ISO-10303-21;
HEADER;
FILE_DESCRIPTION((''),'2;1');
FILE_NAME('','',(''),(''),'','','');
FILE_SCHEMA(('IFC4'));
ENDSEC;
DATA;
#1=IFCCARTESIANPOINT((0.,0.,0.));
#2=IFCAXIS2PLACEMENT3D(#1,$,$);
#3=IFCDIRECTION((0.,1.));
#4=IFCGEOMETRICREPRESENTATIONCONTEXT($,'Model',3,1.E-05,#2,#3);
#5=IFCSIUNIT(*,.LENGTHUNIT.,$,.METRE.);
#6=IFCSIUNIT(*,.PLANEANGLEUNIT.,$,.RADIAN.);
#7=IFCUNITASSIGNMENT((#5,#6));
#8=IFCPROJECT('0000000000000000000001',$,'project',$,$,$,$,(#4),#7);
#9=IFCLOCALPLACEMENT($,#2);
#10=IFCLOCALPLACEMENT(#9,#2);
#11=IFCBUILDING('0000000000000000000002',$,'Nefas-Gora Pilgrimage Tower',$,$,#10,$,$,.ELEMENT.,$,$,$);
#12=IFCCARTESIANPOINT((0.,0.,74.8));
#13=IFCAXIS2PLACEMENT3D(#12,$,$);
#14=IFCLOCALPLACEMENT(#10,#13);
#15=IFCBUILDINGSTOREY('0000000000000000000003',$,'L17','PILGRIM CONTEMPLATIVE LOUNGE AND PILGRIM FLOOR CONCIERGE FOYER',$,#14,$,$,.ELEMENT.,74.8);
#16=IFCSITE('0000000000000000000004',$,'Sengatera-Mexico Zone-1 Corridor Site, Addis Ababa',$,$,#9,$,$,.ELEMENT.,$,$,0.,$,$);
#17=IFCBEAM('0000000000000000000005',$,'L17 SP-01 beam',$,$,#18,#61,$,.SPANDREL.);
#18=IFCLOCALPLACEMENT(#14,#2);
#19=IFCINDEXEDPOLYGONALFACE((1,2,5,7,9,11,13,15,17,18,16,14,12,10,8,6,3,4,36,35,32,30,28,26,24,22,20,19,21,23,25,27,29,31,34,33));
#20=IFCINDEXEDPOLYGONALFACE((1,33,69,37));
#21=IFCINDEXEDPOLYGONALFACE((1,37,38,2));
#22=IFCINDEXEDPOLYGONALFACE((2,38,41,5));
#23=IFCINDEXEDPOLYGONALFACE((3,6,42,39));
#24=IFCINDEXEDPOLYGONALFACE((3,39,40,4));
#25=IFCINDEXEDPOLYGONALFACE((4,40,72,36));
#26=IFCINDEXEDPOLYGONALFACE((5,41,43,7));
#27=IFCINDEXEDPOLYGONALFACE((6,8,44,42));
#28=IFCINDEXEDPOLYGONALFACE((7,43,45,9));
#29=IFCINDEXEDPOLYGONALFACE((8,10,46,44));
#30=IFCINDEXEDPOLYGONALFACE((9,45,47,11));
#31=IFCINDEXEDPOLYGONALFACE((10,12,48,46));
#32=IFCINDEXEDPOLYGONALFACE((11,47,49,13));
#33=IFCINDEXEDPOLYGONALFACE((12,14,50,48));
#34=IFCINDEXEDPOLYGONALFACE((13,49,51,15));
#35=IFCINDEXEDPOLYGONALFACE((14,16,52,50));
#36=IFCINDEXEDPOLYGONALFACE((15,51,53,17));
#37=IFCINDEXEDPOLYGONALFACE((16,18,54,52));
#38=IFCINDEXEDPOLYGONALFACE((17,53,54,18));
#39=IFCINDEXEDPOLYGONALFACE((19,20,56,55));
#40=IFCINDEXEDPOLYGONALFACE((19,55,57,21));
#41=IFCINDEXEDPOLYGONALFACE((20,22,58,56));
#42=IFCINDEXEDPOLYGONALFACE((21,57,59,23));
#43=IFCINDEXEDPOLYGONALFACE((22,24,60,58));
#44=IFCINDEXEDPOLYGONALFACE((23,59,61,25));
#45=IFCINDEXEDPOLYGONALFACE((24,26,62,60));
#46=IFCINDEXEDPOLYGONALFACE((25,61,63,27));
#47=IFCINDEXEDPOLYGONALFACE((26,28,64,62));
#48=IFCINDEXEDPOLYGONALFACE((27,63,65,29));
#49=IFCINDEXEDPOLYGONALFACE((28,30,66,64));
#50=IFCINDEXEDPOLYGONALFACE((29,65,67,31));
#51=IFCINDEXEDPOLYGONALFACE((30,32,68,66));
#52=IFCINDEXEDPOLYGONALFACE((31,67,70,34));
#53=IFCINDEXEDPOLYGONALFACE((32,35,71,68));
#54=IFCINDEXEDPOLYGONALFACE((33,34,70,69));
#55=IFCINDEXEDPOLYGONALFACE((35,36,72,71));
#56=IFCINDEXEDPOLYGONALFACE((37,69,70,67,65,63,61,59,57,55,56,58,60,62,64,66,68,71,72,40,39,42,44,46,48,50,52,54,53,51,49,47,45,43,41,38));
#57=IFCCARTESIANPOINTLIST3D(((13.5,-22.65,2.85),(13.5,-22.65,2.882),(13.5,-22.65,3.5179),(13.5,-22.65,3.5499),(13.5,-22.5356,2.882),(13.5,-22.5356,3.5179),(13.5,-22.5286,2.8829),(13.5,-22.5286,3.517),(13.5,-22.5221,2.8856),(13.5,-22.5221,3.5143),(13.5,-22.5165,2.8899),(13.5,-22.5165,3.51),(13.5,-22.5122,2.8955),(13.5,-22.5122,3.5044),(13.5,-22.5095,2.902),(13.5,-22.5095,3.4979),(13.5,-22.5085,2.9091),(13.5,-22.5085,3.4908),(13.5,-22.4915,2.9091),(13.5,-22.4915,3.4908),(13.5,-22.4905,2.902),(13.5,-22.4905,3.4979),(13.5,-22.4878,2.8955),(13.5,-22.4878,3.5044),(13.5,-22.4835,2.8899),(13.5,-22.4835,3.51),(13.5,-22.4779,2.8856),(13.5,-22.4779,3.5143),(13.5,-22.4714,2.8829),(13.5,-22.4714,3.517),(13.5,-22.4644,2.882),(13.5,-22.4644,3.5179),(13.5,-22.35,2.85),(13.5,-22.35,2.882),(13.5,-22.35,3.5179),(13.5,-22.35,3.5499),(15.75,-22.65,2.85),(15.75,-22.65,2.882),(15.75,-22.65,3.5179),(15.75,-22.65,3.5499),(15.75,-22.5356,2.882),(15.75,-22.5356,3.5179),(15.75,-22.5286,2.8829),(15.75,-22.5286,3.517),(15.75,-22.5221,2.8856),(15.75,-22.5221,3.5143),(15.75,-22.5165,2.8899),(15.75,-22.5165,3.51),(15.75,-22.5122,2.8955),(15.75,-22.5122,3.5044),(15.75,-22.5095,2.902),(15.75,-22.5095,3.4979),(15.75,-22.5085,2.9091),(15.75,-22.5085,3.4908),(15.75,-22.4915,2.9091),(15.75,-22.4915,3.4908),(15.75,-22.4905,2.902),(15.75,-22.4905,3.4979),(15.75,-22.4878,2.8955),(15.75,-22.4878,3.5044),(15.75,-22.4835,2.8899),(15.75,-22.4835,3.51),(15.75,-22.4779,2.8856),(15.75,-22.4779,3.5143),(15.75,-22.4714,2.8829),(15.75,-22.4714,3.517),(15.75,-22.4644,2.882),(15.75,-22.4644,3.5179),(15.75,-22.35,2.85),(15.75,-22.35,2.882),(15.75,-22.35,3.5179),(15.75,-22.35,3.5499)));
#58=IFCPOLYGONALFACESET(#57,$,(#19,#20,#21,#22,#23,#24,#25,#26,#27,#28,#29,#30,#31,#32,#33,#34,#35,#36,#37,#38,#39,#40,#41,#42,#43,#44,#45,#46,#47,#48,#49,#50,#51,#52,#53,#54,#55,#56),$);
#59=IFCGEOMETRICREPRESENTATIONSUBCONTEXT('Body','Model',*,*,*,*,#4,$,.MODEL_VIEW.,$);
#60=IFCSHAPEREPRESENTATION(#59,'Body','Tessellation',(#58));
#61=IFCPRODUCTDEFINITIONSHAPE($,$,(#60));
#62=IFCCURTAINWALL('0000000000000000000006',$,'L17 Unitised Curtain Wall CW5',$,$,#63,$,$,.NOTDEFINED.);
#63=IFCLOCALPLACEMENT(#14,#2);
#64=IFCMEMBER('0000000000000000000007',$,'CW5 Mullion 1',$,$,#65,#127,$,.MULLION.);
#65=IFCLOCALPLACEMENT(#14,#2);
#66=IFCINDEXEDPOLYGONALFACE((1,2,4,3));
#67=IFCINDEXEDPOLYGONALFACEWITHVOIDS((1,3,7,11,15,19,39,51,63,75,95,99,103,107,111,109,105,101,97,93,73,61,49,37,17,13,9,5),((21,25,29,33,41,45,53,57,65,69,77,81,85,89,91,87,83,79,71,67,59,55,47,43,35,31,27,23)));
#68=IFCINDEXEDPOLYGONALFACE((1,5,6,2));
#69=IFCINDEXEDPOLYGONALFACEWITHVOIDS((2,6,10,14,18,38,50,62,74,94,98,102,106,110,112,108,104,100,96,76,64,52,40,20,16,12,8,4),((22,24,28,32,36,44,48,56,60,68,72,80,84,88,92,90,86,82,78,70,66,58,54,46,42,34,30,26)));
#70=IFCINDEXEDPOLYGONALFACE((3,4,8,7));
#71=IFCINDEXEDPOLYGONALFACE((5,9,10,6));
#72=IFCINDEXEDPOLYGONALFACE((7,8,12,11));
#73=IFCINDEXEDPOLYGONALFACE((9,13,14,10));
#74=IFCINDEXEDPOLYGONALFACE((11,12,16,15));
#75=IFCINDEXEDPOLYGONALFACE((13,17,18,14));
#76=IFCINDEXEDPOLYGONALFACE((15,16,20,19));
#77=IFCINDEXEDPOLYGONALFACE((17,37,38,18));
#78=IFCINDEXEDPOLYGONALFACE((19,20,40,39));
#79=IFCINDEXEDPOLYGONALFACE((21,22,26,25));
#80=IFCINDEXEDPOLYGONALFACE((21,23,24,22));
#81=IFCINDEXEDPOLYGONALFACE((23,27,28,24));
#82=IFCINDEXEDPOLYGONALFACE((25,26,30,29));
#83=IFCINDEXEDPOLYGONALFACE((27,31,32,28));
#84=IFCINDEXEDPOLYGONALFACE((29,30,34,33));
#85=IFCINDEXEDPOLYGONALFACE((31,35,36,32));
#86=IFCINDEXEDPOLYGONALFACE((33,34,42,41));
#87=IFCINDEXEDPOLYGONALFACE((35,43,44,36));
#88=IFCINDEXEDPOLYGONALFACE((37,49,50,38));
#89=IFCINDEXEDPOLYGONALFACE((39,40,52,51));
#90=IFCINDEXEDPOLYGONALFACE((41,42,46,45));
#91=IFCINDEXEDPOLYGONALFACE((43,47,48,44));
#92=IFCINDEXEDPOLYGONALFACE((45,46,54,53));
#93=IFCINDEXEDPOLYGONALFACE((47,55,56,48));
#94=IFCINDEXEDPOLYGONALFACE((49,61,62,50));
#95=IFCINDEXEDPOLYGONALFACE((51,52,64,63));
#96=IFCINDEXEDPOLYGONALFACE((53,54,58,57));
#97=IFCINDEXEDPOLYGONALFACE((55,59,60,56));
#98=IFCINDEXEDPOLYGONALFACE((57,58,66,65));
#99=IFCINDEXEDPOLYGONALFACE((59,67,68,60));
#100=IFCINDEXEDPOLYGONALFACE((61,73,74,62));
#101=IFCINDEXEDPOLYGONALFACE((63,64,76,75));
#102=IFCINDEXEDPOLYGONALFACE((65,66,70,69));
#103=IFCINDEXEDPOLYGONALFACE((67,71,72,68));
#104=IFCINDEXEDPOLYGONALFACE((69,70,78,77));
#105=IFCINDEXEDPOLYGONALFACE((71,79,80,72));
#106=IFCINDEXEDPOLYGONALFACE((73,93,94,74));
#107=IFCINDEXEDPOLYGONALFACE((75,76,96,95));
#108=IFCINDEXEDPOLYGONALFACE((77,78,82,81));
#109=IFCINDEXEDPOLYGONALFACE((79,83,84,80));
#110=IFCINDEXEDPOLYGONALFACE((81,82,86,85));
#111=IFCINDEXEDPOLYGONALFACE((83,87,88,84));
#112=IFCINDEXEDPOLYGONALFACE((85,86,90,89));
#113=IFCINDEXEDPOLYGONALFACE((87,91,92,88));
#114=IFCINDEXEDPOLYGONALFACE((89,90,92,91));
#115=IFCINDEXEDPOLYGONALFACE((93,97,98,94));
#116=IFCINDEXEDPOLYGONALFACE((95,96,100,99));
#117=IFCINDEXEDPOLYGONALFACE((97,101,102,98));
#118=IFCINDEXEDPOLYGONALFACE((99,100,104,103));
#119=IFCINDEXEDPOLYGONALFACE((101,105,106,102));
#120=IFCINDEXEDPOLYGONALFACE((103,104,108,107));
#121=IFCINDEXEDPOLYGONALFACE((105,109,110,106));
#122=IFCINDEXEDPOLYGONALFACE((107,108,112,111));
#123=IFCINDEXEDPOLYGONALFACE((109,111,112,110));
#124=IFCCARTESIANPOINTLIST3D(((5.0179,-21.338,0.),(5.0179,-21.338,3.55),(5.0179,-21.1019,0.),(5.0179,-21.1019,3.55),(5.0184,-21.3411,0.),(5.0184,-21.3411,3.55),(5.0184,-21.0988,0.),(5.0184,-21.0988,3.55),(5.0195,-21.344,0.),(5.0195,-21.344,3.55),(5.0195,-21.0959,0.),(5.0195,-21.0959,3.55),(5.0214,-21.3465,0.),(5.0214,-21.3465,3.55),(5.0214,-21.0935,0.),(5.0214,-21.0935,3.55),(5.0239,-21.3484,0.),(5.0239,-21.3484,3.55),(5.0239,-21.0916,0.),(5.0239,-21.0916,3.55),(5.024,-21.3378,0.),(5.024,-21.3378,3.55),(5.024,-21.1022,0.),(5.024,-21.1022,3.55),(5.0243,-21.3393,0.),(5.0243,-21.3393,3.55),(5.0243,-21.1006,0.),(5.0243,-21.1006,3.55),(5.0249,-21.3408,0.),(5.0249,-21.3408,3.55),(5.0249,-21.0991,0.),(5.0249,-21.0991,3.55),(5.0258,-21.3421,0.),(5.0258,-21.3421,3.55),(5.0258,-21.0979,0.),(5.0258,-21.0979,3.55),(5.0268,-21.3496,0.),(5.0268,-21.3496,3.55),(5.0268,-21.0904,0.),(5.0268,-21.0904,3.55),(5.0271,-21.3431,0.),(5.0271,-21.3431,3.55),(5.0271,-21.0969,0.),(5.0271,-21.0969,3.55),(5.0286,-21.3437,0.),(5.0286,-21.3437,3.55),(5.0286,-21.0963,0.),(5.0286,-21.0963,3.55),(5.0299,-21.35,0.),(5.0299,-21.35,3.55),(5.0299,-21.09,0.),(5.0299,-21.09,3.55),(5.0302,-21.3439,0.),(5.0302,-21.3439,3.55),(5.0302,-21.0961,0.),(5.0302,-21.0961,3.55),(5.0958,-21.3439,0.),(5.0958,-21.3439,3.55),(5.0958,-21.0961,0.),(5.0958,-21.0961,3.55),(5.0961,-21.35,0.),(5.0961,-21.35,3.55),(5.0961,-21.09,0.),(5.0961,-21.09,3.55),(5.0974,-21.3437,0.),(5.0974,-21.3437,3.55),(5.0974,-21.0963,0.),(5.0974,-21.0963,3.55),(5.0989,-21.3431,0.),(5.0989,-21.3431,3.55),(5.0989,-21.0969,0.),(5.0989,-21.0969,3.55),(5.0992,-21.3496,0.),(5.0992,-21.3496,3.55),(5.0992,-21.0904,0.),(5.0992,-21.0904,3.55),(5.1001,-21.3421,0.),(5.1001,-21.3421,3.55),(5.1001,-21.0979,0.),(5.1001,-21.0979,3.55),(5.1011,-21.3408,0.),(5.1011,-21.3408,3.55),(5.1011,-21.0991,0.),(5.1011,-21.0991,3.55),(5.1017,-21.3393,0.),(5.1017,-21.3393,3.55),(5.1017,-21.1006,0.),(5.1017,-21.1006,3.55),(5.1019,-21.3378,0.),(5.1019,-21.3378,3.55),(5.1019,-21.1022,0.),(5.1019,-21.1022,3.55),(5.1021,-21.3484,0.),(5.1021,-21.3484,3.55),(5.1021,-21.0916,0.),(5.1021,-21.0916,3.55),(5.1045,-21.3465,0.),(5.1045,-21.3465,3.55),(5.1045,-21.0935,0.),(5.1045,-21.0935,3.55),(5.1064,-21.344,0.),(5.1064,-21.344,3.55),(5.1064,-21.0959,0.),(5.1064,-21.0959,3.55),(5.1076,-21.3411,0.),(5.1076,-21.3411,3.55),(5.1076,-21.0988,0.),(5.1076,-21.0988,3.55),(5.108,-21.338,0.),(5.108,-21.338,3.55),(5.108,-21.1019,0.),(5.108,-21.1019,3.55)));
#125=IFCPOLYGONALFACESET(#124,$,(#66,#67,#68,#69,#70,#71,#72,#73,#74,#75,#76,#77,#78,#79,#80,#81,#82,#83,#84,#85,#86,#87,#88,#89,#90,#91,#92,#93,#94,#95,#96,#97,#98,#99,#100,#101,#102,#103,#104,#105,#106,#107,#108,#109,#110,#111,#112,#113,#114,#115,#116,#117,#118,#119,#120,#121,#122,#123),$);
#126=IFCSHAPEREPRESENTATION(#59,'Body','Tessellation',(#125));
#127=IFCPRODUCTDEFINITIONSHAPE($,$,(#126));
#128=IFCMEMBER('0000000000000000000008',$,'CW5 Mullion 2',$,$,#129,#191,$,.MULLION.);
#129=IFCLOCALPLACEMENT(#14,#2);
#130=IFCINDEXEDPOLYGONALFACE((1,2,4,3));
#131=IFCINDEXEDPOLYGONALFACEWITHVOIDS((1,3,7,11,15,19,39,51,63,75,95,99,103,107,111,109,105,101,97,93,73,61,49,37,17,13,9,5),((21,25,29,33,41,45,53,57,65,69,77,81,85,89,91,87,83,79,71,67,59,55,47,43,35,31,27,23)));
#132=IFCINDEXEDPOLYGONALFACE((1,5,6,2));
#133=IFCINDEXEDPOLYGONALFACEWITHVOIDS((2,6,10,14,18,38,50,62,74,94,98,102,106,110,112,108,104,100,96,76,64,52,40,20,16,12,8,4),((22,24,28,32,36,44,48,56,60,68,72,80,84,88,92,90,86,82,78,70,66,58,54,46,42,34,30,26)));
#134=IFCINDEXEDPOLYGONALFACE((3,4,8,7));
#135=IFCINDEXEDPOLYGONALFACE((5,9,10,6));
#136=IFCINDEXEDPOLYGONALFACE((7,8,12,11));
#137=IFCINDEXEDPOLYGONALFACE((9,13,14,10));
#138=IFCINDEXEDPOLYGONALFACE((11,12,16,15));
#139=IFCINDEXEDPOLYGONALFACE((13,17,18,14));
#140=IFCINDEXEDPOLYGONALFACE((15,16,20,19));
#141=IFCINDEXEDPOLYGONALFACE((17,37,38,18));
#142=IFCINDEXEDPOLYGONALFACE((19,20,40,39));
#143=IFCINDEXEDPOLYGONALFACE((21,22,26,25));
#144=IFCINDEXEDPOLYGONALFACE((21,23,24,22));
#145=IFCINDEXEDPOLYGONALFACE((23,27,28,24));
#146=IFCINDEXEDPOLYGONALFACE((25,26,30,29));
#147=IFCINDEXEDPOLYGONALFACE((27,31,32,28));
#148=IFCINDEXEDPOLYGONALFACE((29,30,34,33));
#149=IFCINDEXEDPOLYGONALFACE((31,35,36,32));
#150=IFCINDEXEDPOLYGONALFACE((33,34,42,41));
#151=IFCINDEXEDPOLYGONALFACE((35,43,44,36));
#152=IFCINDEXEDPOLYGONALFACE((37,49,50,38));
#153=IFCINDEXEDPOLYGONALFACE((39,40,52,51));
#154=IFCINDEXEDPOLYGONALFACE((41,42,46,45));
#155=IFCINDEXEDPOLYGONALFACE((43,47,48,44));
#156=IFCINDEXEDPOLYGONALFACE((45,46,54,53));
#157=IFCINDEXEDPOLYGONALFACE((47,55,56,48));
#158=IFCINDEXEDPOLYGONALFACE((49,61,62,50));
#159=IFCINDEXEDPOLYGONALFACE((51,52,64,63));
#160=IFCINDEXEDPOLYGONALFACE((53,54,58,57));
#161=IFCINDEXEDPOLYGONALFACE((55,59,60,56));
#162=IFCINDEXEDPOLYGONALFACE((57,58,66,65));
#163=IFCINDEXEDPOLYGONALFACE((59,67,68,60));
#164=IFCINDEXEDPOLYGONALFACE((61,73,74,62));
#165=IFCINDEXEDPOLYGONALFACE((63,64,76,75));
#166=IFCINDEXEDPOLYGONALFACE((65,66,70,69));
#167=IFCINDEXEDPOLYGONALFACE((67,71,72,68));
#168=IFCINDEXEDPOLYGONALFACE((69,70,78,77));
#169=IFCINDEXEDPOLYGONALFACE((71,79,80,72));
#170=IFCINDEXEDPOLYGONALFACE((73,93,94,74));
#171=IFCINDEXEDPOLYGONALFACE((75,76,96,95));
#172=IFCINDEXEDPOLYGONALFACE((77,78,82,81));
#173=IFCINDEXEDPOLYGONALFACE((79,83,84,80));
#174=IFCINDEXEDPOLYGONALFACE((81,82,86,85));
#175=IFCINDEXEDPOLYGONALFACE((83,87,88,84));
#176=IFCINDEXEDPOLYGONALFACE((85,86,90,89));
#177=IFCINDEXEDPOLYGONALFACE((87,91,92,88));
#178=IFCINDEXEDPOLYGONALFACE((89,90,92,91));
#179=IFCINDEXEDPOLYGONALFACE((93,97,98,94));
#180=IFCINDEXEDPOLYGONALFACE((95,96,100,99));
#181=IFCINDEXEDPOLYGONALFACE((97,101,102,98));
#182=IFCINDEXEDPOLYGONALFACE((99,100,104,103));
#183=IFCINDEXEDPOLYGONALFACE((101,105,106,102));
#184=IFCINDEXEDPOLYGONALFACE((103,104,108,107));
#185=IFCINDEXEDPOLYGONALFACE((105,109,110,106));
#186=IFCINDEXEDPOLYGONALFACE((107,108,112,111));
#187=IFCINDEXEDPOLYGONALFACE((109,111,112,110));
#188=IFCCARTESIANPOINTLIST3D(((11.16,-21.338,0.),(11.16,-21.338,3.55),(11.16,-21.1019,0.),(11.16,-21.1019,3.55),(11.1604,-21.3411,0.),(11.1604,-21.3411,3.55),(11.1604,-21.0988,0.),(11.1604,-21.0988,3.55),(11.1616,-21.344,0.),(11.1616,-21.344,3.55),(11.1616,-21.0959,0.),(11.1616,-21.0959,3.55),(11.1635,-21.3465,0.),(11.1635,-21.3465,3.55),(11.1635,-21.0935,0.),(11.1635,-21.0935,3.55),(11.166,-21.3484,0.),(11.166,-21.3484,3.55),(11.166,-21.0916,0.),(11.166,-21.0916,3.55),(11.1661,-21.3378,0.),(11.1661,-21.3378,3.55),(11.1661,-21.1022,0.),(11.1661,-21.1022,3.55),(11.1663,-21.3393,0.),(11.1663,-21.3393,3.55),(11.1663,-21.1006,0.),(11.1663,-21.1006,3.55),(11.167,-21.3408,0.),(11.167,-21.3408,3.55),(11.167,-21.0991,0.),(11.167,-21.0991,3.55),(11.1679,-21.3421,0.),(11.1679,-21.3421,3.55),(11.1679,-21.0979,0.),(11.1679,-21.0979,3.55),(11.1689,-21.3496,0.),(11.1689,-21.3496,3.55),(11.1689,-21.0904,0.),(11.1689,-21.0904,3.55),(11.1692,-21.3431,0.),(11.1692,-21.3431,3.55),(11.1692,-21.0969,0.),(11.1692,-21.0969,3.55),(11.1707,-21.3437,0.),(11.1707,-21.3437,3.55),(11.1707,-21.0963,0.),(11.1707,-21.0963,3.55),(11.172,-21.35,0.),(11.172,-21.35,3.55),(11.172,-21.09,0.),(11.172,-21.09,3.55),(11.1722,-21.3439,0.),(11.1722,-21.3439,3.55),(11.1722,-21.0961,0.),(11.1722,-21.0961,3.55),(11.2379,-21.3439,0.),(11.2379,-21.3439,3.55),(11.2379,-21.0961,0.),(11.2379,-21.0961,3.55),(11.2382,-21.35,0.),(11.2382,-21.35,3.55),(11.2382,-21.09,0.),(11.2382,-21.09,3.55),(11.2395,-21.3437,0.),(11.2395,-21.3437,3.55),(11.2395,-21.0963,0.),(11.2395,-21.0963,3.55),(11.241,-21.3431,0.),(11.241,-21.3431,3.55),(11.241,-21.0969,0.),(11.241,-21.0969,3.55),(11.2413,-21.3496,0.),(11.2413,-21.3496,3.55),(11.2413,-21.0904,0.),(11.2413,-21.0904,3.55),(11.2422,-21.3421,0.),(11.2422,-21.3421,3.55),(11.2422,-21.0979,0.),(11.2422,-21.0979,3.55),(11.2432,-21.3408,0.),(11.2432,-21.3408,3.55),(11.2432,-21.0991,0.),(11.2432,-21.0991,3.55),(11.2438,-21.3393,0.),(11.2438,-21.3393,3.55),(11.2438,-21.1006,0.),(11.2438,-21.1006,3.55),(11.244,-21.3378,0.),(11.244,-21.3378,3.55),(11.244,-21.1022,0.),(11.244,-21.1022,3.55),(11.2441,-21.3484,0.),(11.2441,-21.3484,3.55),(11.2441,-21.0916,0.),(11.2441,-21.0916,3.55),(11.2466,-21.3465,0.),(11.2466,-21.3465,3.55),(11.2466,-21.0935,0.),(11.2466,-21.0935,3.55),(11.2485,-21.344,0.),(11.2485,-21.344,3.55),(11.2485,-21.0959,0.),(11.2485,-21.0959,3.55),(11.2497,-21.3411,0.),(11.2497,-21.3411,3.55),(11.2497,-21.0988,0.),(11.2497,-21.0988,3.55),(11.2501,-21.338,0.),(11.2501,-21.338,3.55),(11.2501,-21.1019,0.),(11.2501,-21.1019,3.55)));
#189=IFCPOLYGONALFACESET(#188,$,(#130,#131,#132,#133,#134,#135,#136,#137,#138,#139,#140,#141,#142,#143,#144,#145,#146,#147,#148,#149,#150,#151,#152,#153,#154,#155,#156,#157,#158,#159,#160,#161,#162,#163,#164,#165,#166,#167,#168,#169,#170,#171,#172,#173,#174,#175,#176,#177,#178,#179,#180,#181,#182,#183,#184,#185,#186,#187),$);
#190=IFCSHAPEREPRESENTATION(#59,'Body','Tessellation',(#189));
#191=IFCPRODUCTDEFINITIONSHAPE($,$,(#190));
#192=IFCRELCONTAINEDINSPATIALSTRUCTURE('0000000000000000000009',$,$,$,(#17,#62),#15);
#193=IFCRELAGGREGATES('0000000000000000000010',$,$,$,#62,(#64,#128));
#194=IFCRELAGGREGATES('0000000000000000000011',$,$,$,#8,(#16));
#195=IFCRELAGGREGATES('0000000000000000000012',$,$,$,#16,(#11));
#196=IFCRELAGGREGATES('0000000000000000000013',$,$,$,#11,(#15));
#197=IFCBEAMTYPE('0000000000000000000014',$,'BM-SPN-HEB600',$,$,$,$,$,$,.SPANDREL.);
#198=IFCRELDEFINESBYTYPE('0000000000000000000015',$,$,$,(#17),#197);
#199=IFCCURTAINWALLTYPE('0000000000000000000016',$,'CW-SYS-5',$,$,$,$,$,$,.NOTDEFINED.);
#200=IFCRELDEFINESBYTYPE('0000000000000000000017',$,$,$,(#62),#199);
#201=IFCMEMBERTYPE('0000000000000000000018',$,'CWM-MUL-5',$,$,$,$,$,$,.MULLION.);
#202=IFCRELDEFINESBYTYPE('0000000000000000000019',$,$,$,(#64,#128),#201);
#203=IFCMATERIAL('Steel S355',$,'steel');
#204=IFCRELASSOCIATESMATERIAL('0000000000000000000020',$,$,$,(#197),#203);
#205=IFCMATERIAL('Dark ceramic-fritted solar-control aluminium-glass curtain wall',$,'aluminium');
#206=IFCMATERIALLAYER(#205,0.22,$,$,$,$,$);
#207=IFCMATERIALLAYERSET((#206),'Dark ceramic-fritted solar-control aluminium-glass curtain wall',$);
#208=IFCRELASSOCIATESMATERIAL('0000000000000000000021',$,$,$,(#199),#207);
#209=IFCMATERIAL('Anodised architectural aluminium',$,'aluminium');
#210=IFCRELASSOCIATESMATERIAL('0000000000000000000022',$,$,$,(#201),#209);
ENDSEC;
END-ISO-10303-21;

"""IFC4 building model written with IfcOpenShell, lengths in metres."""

from ifc_helpers import new_model, si_unit, direction, frame, origin, origin_2d, place, context, subcontext, project, spatial, hollow_rectangle, i_section, extrude, source, transform, mapped, material, layer, layer_set, material_profile, profile_set, type_object, element, aggregate, save


model = new_model("IFC4")

# Units and contexts
model_context = context("Model", 3, precision=1e-05, world=origin(), true_north=direction((0.0, 1.0)))
body_context = subcontext(model_context, "Body", "Model", "MODEL_VIEW")
ifc_project = project(units=[si_unit("LENGTHUNIT", "METRE"), si_unit("PLANEANGLEUNIT", "RADIAN")], contexts=[model_context])

# Site, building, storey
site_placement = place(None, origin())
site = spatial("IfcSite", under=ifc_project, at=site_placement, Name="Sengatera-Mexico Zone-1 Corridor Site, Addis Ababa", CompositionType="ELEMENT", RefElevation=0.0)
building_placement = place(site_placement, origin())
building = spatial("IfcBuilding", under=site, at=building_placement, Name="Nefas-Gora Pilgrimage Tower", CompositionType="ELEMENT")
storey_placement = place(building_placement, frame((0.0, 0.0, 74.8)))
storey = spatial("IfcBuildingStorey", under=building, at=storey_placement, Name="L17", Description="PILGRIM CONTEMPLATIVE LOUNGE AND PILGRIM FLOOR CONCIERGE FOYER", CompositionType="ELEMENT", Elevation=74.8)

# Beam
ifc_material_1 = material(Name="Steel S355", Category="steel")
ifc_material_profile_1 = material_profile(ifc_material_1, i_section(OverallWidth=0.3, OverallDepth=0.7, WebThickness=0.0171, FlangeThickness=0.032, FilletRadius=0.0271, at=origin_2d()), Name="HEB 700")
ifc_profile_set_1 = profile_set([ifc_material_profile_1], Name="Steel S355")
beam_type_1 = type_object("IfcBeamType", Name="BM-SPN-HEB600", PredefinedType="SPANDREL", material=ifc_profile_set_1)
shared_shape_1 = source(origin(), body_context, "Body", "SweptSolid", [
    extrude(i_section(OverallWidth=0.3, OverallDepth=0.7, WebThickness=0.0171, FlangeThickness=0.032, FilletRadius=0.0271, at=origin_2d()), origin(), (0.0, 0.0, 1.0), 2.25),
])
beam_1_placement = place(storey_placement, frame((13.5, -22.5, 3.2), z_axis=(1.0, 0.0, 0.0), x_axis=(0.0, 1.0, 0.0)))
element("IfcBeam", 1, at=beam_1_placement, inside=storey, type_object=beam_type_1, Name="L17 SP-01 beam", PredefinedType="SPANDREL", context=body_context, shape_type="MappedRepresentation", body=[
    mapped(shared_shape_1, transform((0.0, 0.0, 0.0), x_axis=(1.0, 0.0, 0.0), y_axis=(0.0, 1.0, 0.0), z_axis=(0.0, 0.0, 1.0), scale=1.0)),
])

# Curtain wall, members
ifc_material_2 = material(Name="Dark ceramic-fritted solar-control aluminium-glass curtain wall", Category="aluminium")
ifc_layer_1 = layer(ifc_material_2, 0.22)
ifc_layer_set_1 = layer_set([ifc_layer_1], Name="Dark ceramic-fritted solar-control aluminium-glass curtain wall")
curtain_wall_type_1 = type_object("IfcCurtainWallType", Name="CW-SYS-5", PredefinedType="NOTDEFINED", material=ifc_layer_set_1)
curtain_wall_1_placement = place(storey_placement, origin())
curtain_wall_1 = element("IfcCurtainWall", 2, at=curtain_wall_1_placement, inside=storey, type_object=curtain_wall_type_1, Name="L17 Unitised Curtain Wall CW5", PredefinedType="NOTDEFINED")
ifc_material_3 = material(Name="Anodised architectural aluminium", Category="aluminium")
ifc_material_profile_2 = material_profile(ifc_material_3, hollow_rectangle(XDim=0.0901, YDim=0.26, WallThickness=0.0061, InnerFilletRadius=0.0061, OuterFilletRadius=0.012, at=origin_2d()), Name="ALU MULLION 90x260")
ifc_profile_set_2 = profile_set([ifc_material_profile_2], Name="Anodised architectural aluminium")
member_type_1 = type_object("IfcMemberType", Name="CWM-MUL-5", PredefinedType="MULLION", material=ifc_profile_set_2)
shared_shape_2 = source(origin(), body_context, "Body", "SweptSolid", [
    extrude(hollow_rectangle(XDim=0.0901, YDim=0.26, WallThickness=0.0061, InnerFilletRadius=0.0061, OuterFilletRadius=0.012, at=origin_2d()), origin(), (0.0, 0.0, 1.0), 3.55),
])
member_1_placement = place(storey_placement, frame((5.063, -21.22, 0.0), z_axis=(0.0, 0.0, 1.0), x_axis=(1.0, 0.0, 0.0)))
member_1 = element("IfcMember", 3, at=member_1_placement, type_object=member_type_1, Name="CW5 Mullion 1", PredefinedType="MULLION", context=body_context, shape_type="MappedRepresentation", body=[
    mapped(shared_shape_2, transform((0.0, 0.0, 0.0), x_axis=(1.0, 0.0, 0.0), y_axis=(0.0, 1.0, 0.0), z_axis=(0.0, 0.0, 1.0), scale=1.0)),
])
member_2_placement = place(storey_placement, frame((11.2051, -21.22, 0.0), z_axis=(0.0, 0.0, 1.0), x_axis=(1.0, 0.0, 0.0)))
member_2 = element("IfcMember", 4, at=member_2_placement, type_object=member_type_1, Name="CW5 Mullion 2", PredefinedType="MULLION", context=body_context, shape_type="MappedRepresentation", body=[
    mapped(shared_shape_2, transform((0.0, 0.0, 0.0), x_axis=(1.0, 0.0, 0.0), y_axis=(0.0, 1.0, 0.0), z_axis=(0.0, 0.0, 1.0), scale=1.0)),
])

aggregate(curtain_wall_1, [member_1, member_2])

save(model, "model.ifc")
